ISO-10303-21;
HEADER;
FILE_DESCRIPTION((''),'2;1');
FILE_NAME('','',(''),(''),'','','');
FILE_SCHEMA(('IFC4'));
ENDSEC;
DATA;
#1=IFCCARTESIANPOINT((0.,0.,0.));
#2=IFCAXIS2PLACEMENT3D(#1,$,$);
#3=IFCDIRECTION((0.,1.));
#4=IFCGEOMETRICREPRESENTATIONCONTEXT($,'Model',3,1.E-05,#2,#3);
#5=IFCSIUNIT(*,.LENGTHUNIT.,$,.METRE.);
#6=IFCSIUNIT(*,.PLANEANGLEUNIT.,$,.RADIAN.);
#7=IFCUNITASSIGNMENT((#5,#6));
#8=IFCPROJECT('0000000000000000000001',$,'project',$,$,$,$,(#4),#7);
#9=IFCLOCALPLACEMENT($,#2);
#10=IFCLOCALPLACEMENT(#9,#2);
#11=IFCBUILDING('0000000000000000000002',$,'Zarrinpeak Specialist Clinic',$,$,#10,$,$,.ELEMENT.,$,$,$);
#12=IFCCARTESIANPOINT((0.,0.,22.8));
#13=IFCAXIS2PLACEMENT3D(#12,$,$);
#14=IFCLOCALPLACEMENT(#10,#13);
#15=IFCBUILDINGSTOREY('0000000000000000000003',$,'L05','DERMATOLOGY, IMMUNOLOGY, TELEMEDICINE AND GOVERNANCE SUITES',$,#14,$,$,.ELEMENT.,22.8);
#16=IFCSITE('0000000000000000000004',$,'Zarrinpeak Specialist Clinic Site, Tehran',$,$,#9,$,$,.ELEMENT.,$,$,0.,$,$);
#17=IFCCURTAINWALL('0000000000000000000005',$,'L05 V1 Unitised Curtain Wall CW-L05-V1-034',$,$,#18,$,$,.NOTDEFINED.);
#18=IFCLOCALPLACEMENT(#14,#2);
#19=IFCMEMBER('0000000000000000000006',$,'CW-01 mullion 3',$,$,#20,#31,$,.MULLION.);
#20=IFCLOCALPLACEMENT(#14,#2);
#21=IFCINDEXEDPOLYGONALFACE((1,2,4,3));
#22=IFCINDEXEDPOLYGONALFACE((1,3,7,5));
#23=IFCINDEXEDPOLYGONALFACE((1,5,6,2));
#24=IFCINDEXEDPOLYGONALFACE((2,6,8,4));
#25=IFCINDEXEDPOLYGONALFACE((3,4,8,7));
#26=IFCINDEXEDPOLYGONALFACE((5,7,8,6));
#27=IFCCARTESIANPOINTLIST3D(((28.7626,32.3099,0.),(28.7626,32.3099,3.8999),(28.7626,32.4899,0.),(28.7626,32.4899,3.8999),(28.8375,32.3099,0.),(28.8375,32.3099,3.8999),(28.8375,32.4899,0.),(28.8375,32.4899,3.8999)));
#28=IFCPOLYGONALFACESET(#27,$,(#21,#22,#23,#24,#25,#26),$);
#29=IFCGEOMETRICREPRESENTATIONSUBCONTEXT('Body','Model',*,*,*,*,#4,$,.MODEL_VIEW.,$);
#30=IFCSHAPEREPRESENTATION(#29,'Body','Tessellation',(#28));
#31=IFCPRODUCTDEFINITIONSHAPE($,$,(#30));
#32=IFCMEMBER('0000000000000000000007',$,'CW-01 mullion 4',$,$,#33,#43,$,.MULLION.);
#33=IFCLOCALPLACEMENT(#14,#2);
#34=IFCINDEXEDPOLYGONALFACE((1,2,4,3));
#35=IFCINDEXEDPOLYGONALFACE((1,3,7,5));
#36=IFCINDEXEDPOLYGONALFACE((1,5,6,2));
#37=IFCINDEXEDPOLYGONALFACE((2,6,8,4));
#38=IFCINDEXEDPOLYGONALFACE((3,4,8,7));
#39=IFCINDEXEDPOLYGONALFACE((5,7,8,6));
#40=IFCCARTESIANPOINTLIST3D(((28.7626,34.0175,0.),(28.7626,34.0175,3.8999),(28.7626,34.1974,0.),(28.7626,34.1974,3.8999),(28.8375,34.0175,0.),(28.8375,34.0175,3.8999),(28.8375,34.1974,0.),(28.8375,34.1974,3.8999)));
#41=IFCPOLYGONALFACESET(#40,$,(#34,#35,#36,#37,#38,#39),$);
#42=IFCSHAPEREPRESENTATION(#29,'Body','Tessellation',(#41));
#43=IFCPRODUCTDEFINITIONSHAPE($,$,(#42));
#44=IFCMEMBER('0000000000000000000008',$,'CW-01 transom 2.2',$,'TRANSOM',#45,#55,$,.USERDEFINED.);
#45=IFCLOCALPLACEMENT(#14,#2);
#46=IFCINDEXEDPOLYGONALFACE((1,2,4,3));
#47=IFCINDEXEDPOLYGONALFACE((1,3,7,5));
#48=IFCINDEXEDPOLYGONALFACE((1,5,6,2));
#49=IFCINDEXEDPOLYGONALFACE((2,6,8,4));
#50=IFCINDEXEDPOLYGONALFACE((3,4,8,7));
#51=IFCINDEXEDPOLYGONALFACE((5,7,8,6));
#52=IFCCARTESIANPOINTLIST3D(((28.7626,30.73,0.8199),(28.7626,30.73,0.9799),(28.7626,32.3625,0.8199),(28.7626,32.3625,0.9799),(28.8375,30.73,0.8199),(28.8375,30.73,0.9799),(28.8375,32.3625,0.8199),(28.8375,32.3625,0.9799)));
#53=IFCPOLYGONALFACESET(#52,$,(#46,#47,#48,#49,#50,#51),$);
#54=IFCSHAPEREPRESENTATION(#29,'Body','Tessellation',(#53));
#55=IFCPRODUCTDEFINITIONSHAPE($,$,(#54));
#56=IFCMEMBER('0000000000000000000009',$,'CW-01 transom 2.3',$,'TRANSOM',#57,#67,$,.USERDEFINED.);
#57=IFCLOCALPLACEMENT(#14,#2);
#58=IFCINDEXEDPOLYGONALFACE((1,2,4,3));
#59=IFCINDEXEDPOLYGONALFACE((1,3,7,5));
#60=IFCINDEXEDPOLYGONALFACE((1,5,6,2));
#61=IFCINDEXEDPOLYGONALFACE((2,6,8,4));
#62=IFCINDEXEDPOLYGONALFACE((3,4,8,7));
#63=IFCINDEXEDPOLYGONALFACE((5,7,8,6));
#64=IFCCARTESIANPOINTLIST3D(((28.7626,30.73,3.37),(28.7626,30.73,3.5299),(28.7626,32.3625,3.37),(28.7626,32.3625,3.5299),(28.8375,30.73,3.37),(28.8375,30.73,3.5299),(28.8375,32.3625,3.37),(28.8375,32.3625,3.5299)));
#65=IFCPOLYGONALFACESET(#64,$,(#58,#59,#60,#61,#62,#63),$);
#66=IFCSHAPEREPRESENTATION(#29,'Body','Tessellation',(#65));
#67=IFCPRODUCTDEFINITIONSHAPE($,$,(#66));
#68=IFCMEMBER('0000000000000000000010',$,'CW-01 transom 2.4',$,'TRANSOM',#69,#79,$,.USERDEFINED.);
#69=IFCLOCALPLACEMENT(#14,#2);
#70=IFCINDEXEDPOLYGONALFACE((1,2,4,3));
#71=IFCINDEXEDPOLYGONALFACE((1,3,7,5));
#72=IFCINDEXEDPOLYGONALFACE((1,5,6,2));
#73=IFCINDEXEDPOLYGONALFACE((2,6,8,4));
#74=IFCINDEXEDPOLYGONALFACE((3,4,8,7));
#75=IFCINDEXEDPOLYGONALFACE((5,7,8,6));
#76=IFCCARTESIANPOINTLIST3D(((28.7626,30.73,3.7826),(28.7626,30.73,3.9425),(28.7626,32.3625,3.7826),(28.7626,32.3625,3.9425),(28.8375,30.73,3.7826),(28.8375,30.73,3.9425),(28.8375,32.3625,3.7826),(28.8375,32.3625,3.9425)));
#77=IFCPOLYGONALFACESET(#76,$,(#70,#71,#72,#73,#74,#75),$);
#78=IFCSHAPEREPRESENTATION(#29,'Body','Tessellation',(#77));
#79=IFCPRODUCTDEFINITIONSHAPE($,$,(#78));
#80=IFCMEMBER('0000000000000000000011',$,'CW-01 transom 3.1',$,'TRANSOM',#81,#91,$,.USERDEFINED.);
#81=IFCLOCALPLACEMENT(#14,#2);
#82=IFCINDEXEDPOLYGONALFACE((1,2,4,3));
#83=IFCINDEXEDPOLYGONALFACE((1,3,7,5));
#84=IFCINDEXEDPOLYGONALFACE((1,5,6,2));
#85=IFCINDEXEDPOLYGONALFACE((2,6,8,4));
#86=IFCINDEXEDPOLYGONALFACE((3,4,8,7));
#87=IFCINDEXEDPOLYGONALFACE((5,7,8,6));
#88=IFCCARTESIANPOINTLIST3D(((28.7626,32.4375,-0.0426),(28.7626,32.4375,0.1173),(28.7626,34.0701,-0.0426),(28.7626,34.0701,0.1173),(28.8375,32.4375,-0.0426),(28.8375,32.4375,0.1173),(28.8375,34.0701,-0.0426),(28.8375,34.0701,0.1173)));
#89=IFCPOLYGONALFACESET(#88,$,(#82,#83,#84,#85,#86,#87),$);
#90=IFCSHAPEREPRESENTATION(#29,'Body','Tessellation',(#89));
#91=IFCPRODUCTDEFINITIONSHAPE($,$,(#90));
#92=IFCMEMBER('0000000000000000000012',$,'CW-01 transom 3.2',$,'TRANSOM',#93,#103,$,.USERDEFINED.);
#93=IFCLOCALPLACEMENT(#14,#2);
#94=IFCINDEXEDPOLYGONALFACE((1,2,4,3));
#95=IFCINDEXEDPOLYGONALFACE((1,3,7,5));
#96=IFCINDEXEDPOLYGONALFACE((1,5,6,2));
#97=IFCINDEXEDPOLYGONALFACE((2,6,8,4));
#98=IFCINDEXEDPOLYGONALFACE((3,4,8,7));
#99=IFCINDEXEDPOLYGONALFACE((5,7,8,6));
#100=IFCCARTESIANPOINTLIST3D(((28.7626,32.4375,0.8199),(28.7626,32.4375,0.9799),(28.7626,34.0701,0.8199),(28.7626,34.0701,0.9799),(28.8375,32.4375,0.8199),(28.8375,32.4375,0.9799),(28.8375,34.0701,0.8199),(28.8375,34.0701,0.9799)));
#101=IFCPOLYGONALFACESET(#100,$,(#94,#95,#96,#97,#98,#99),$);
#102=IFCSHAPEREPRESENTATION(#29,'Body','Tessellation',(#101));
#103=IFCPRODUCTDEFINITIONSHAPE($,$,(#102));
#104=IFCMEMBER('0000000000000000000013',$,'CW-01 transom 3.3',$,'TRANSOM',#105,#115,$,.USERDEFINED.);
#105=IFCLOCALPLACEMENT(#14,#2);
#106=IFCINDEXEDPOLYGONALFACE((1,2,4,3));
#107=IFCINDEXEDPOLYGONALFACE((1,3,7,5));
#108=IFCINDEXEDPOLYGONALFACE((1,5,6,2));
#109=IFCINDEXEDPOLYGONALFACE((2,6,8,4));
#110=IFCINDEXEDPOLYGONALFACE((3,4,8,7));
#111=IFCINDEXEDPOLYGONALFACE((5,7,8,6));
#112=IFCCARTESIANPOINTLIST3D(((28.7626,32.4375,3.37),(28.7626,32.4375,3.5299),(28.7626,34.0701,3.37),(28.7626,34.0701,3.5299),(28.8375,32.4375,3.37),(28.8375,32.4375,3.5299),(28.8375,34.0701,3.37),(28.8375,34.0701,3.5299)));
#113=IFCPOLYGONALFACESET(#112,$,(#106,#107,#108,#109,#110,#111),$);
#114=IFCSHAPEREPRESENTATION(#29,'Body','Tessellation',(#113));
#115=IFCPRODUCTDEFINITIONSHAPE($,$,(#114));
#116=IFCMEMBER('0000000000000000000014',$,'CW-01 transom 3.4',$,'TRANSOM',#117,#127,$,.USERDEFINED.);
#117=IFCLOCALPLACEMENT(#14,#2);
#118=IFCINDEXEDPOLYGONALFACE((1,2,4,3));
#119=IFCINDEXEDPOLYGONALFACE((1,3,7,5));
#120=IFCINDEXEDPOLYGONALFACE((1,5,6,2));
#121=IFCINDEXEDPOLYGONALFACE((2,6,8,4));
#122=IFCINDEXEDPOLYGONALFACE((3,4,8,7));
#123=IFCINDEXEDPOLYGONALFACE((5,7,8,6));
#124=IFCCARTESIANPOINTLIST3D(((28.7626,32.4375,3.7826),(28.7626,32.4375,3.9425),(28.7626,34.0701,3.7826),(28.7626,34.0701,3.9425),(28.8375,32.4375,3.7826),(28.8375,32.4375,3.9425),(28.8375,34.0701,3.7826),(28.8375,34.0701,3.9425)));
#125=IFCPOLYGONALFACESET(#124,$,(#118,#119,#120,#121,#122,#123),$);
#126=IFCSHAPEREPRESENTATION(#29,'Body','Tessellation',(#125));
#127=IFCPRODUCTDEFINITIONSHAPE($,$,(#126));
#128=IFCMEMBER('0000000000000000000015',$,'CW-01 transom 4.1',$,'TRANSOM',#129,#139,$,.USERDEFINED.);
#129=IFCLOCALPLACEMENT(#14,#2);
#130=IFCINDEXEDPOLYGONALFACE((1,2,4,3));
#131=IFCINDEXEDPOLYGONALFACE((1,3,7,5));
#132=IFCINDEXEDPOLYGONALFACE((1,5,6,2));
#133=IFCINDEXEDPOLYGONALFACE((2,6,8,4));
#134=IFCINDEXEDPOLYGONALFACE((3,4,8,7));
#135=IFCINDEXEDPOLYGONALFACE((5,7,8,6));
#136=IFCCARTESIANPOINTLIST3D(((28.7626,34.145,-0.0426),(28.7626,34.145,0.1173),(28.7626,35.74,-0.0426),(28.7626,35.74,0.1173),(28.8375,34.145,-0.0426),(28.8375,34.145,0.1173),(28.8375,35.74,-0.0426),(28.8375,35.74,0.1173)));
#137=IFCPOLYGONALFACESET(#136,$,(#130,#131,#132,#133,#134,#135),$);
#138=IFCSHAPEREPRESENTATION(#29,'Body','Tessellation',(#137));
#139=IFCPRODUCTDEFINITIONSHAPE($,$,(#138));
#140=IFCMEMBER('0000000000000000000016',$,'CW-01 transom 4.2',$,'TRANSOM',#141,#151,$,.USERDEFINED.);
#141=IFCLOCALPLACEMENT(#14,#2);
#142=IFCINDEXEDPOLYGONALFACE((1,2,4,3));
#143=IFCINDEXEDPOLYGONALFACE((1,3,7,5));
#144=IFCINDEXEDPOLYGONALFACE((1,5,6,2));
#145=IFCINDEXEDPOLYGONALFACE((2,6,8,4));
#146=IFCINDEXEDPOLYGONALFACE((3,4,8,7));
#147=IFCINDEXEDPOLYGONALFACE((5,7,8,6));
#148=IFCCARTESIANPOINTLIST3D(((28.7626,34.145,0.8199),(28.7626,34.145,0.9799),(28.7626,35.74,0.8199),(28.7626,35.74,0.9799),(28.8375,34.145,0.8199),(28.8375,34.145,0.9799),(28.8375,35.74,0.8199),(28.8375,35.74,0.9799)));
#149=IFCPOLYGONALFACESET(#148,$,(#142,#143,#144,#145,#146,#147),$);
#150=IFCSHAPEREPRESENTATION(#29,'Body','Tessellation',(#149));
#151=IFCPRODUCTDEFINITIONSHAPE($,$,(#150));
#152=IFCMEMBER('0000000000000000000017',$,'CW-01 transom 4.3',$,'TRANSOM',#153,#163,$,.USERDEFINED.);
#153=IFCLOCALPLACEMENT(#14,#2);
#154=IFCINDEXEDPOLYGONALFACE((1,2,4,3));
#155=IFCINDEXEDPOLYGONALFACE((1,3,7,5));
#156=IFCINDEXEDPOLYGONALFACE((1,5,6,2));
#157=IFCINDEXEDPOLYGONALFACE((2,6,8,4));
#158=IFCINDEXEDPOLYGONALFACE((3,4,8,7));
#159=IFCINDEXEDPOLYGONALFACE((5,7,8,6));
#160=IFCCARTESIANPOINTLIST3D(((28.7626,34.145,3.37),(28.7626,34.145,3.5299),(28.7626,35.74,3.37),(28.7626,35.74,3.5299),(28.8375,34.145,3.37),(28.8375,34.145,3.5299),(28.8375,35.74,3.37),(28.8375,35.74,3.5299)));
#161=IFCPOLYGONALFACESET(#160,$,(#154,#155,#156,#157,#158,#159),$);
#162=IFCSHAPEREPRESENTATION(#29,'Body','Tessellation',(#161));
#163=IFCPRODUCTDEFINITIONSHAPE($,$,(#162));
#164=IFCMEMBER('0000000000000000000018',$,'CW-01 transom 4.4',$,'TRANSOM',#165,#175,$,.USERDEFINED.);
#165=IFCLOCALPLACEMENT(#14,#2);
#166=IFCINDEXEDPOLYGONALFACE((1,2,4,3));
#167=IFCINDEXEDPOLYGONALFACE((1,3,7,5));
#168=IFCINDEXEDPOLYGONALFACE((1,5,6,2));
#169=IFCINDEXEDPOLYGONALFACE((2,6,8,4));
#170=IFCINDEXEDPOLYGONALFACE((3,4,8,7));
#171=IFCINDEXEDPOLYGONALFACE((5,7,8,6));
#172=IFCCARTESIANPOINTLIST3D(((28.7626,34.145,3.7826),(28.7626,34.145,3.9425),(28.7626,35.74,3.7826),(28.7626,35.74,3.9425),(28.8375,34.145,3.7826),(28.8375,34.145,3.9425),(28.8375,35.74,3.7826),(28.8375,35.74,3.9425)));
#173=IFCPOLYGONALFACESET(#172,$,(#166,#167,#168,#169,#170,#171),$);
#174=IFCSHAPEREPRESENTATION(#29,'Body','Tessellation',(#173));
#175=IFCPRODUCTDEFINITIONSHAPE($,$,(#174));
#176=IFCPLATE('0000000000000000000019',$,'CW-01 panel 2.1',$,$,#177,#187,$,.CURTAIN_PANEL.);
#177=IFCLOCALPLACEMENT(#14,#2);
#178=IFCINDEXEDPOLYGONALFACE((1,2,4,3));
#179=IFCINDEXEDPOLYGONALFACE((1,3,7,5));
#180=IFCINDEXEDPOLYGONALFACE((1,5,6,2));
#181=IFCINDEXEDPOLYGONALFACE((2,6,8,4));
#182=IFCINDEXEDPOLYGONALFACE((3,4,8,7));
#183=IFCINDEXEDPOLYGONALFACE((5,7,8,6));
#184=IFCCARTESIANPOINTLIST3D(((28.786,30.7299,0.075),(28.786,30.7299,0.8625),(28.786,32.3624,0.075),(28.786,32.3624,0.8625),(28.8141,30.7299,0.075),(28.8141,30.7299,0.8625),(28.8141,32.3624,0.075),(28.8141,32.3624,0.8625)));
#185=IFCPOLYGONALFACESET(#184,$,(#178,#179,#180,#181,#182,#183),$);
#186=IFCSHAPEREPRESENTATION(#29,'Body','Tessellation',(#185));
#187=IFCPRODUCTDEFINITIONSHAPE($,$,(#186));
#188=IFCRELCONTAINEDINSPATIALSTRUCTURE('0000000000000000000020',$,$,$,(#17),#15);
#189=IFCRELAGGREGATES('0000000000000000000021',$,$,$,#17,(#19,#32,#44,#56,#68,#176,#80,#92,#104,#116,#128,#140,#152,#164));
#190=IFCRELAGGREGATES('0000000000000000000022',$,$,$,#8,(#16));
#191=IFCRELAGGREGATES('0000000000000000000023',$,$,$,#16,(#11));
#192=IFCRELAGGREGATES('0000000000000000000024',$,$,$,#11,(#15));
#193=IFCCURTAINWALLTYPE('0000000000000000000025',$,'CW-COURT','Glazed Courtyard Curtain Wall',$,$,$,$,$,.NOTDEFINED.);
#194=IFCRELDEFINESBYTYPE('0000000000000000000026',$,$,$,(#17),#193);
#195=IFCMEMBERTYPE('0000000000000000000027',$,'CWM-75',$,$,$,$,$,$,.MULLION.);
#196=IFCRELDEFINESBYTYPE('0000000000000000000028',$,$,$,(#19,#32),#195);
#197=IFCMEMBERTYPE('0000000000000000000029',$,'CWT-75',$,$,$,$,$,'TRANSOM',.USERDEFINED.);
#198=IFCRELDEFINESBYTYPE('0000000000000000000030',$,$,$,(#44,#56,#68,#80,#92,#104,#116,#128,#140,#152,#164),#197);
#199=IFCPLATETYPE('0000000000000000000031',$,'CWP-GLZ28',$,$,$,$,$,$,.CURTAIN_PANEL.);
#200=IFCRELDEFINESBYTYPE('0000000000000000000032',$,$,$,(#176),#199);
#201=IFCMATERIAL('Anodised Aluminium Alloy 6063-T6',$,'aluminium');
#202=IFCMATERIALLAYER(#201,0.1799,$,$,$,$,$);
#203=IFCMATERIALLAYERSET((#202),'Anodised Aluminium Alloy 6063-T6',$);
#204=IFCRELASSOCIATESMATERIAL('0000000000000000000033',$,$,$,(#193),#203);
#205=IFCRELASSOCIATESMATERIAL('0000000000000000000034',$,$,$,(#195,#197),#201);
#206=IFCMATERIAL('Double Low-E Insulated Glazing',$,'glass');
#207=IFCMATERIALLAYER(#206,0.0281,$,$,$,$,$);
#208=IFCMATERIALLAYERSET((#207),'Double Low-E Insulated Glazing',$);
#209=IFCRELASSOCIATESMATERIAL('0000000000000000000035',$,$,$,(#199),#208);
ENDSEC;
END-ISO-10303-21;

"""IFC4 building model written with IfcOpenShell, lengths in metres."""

from ifc_helpers import new_model, si_unit, direction, frame, origin, origin_2d, place, context, subcontext, project, spatial, rectangle, extrude, material, layer, layer_set, material_profile, profile_set, type_object, element, aggregate, save


model = new_model("IFC4")

# Units and contexts
model_context = context("Model", 3, precision=1e-05, world=origin(), true_north=direction((0.0, 1.0)))
body_context = subcontext(model_context, "Body", "Model", "MODEL_VIEW")
ifc_project = project(units=[si_unit("LENGTHUNIT", "METRE"), si_unit("PLANEANGLEUNIT", "RADIAN")], contexts=[model_context])

# Site, building, storey
site_placement = place(None, origin())
site = spatial("IfcSite", under=ifc_project, at=site_placement, Name="Zarrinpeak Specialist Clinic Site, Tehran", CompositionType="ELEMENT", RefElevation=0.0)
building_placement = place(site_placement, origin())
building = spatial("IfcBuilding", under=site, at=building_placement, Name="Zarrinpeak Specialist Clinic", CompositionType="ELEMENT")
storey_placement = place(building_placement, frame((0.0, 0.0, 22.8)))
storey = spatial("IfcBuildingStorey", under=building, at=storey_placement, Name="L05", Description="DERMATOLOGY, IMMUNOLOGY, TELEMEDICINE AND GOVERNANCE SUITES", CompositionType="ELEMENT", Elevation=22.8)

# Curtain wall, members, plate
ifc_material_1 = material(Name="Anodised Aluminium Alloy 6063-T6", Category="aluminium")
ifc_layer_1 = layer(ifc_material_1, 0.1799)
ifc_layer_set_1 = layer_set([ifc_layer_1], Name="Anodised Aluminium Alloy 6063-T6")
curtain_wall_type = type_object("IfcCurtainWallType", Name="CW-COURT", Description="Glazed Courtyard Curtain Wall", PredefinedType="NOTDEFINED", material=ifc_layer_set_1)
curtain_wall_placement = place(storey_placement, origin())
curtain_wall = element("IfcCurtainWall", 1, at=curtain_wall_placement, inside=storey, type_object=curtain_wall_type, Name="L05 V1 Unitised Curtain Wall CW-L05-V1-034", PredefinedType="NOTDEFINED")
ifc_material_profile_1 = material_profile(ifc_material_1, rectangle(XDim=0.075, YDim=0.1799, at=origin_2d()), Name="ALU 75x180")
ifc_profile_set_1 = profile_set([ifc_material_profile_1], Name="Anodised Aluminium Alloy 6063-T6")
member_type_1 = type_object("IfcMemberType", Name="CWM-75", PredefinedType="MULLION", material=ifc_profile_set_1)
member_1_placement = place(storey_placement, frame((28.8, 32.3999, 0.0), z_axis=(0.0, 0.0, 1.0), x_axis=(-1.0, 0.0, 0.0)))
member_1 = element("IfcMember", 2, at=member_1_placement, type_object=member_type_1, Name="CW-01 mullion 3", PredefinedType="MULLION", context=body_context, shape_type="SweptSolid", body=[
    extrude(rectangle(XDim=0.075, YDim=0.1799, at=origin_2d()), origin(), (0.0, 0.0, 1.0), 3.8999),
])
member_2_placement = place(storey_placement, frame((28.8, 34.1074, 0.0), z_axis=(0.0, 0.0, 1.0), x_axis=(-1.0, 0.0, 0.0)))
member_2 = element("IfcMember", 3, at=member_2_placement, type_object=member_type_1, Name="CW-01 mullion 4", PredefinedType="MULLION", context=body_context, shape_type="SweptSolid", body=[
    extrude(rectangle(XDim=0.075, YDim=0.1799, at=origin_2d()), origin(), (0.0, 0.0, 1.0), 3.8999),
])
ifc_material_profile_2 = material_profile(ifc_material_1, rectangle(XDim=0.075, YDim=0.1599, at=origin_2d()), Name="ALU 75x160")
ifc_profile_set_2 = profile_set([ifc_material_profile_2], Name="Anodised Aluminium Alloy 6063-T6")
member_type_2 = type_object("IfcMemberType", Name="CWT-75", ElementType="TRANSOM", PredefinedType="USERDEFINED", material=ifc_profile_set_2)
member_3_placement = place(storey_placement, frame((28.8, 30.73, 0.8999), z_axis=(0.0, 1.0, 0.0), x_axis=(-1.0, 0.0, 0.0)))
member_3 = element("IfcMember", 4, at=member_3_placement, type_object=member_type_2, Name="CW-01 transom 2.2", ObjectType="TRANSOM", PredefinedType="USERDEFINED", context=body_context, shape_type="SweptSolid", body=[
    extrude(rectangle(XDim=0.075, YDim=0.1599, at=origin_2d()), origin(), (0.0, 0.0, 1.0), 1.6326),
])
member_4_placement = place(storey_placement, frame((28.8, 30.73, 3.45), z_axis=(0.0, 1.0, 0.0), x_axis=(-1.0, 0.0, 0.0)))
member_4 = element("IfcMember", 5, at=member_4_placement, type_object=member_type_2, Name="CW-01 transom 2.3", ObjectType="TRANSOM", PredefinedType="USERDEFINED", context=body_context, shape_type="SweptSolid", body=[
    extrude(rectangle(XDim=0.075, YDim=0.1599, at=origin_2d()), origin(), (0.0, 0.0, 1.0), 1.6326),
])
member_5_placement = place(storey_placement, frame((28.8, 30.73, 3.8625), z_axis=(0.0, 1.0, 0.0), x_axis=(-1.0, 0.0, 0.0)))
member_5 = element("IfcMember", 6, at=member_5_placement, type_object=member_type_2, Name="CW-01 transom 2.4", ObjectType="TRANSOM", PredefinedType="USERDEFINED", context=body_context, shape_type="SweptSolid", body=[
    extrude(rectangle(XDim=0.075, YDim=0.1599, at=origin_2d()), origin(), (0.0, 0.0, 1.0), 1.6326),
])
member_6_placement = place(storey_placement, frame((28.8, 32.4375, 0.0374), z_axis=(0.0, 1.0, 0.0), x_axis=(-1.0, 0.0, 0.0)))
member_6 = element("IfcMember", 7, at=member_6_placement, type_object=member_type_2, Name="CW-01 transom 3.1", ObjectType="TRANSOM", PredefinedType="USERDEFINED", context=body_context, shape_type="SweptSolid", body=[
    extrude(rectangle(XDim=0.075, YDim=0.1599, at=origin_2d()), origin(), (0.0, 0.0, 1.0), 1.6326),
])
member_7_placement = place(storey_placement, frame((28.8, 32.4375, 0.8999), z_axis=(0.0, 1.0, 0.0), x_axis=(-1.0, 0.0, 0.0)))
member_7 = element("IfcMember", 8, at=member_7_placement, type_object=member_type_2, Name="CW-01 transom 3.2", ObjectType="TRANSOM", PredefinedType="USERDEFINED", context=body_context, shape_type="SweptSolid", body=[
    extrude(rectangle(XDim=0.075, YDim=0.1599, at=origin_2d()), origin(), (0.0, 0.0, 1.0), 1.6326),
])
member_8_placement = place(storey_placement, frame((28.8, 32.4375, 3.45), z_axis=(0.0, 1.0, 0.0), x_axis=(-1.0, 0.0, 0.0)))
member_8 = element("IfcMember", 9, at=member_8_placement, type_object=member_type_2, Name="CW-01 transom 3.3", ObjectType="TRANSOM", PredefinedType="USERDEFINED", context=body_context, shape_type="SweptSolid", body=[
    extrude(rectangle(XDim=0.075, YDim=0.1599, at=origin_2d()), origin(), (0.0, 0.0, 1.0), 1.6326),
])
member_9_placement = place(storey_placement, frame((28.8, 32.4375, 3.8625), z_axis=(0.0, 1.0, 0.0), x_axis=(-1.0, 0.0, 0.0)))
member_9 = element("IfcMember", 10, at=member_9_placement, type_object=member_type_2, Name="CW-01 transom 3.4", ObjectType="TRANSOM", PredefinedType="USERDEFINED", context=body_context, shape_type="SweptSolid", body=[
    extrude(rectangle(XDim=0.075, YDim=0.1599, at=origin_2d()), origin(), (0.0, 0.0, 1.0), 1.6326),
])
member_10_placement = place(storey_placement, frame((28.8, 34.145, 0.0374), z_axis=(0.0, 1.0, 0.0), x_axis=(-1.0, 0.0, 0.0)))
member_10 = element("IfcMember", 11, at=member_10_placement, type_object=member_type_2, Name="CW-01 transom 4.1", ObjectType="TRANSOM", PredefinedType="USERDEFINED", context=body_context, shape_type="SweptSolid", body=[
    extrude(rectangle(XDim=0.075, YDim=0.1599, at=origin_2d()), origin(), (0.0, 0.0, 1.0), 1.595),
])
member_11_placement = place(storey_placement, frame((28.8, 34.145, 0.8999), z_axis=(0.0, 1.0, 0.0), x_axis=(-1.0, 0.0, 0.0)))
member_11 = element("IfcMember", 12, at=member_11_placement, type_object=member_type_2, Name="CW-01 transom 4.2", ObjectType="TRANSOM", PredefinedType="USERDEFINED", context=body_context, shape_type="SweptSolid", body=[
    extrude(rectangle(XDim=0.075, YDim=0.1599, at=origin_2d()), origin(), (0.0, 0.0, 1.0), 1.595),
])
member_12_placement = place(storey_placement, frame((28.8, 34.145, 3.45), z_axis=(0.0, 1.0, 0.0), x_axis=(-1.0, 0.0, 0.0)))
member_12 = element("IfcMember", 13, at=member_12_placement, type_object=member_type_2, Name="CW-01 transom 4.3", ObjectType="TRANSOM", PredefinedType="USERDEFINED", context=body_context, shape_type="SweptSolid", body=[
    extrude(rectangle(XDim=0.075, YDim=0.1599, at=origin_2d()), origin(), (0.0, 0.0, 1.0), 1.595),
])
member_13_placement = place(storey_placement, frame((28.8, 34.145, 3.8625), z_axis=(0.0, 1.0, 0.0), x_axis=(-1.0, 0.0, 0.0)))
member_13 = element("IfcMember", 14, at=member_13_placement, type_object=member_type_2, Name="CW-01 transom 4.4", ObjectType="TRANSOM", PredefinedType="USERDEFINED", context=body_context, shape_type="SweptSolid", body=[
    extrude(rectangle(XDim=0.075, YDim=0.1599, at=origin_2d()), origin(), (0.0, 0.0, 1.0), 1.595),
])
ifc_material_2 = material(Name="Double Low-E Insulated Glazing", Category="glass")
ifc_layer_2 = layer(ifc_material_2, 0.0281)
ifc_layer_set_2 = layer_set([ifc_layer_2], Name="Double Low-E Insulated Glazing")
plate_type = type_object("IfcPlateType", Name="CWP-GLZ28", PredefinedType="CURTAIN_PANEL", material=ifc_layer_set_2)
plate_1_placement = place(storey_placement, frame((28.8, 31.5461, 0.075), z_axis=(0.0, 0.0, 1.0), x_axis=(0.0, 1.0, 0.0)))
plate_1 = element("IfcPlate", 15, at=plate_1_placement, type_object=plate_type, Name="CW-01 panel 2.1", PredefinedType="CURTAIN_PANEL", context=body_context, shape_type="SweptSolid", body=[
    extrude(rectangle(XDim=1.6326, YDim=0.0281, at=origin_2d()), origin(), (0.0, 0.0, 1.0), 0.7876),
])
aggregate(curtain_wall, [member_1, member_2, member_3, member_4, member_5, plate_1, member_6, member_7, member_8, member_9, member_10, member_11, member_12, member_13])

save(model, "model.ifc")
